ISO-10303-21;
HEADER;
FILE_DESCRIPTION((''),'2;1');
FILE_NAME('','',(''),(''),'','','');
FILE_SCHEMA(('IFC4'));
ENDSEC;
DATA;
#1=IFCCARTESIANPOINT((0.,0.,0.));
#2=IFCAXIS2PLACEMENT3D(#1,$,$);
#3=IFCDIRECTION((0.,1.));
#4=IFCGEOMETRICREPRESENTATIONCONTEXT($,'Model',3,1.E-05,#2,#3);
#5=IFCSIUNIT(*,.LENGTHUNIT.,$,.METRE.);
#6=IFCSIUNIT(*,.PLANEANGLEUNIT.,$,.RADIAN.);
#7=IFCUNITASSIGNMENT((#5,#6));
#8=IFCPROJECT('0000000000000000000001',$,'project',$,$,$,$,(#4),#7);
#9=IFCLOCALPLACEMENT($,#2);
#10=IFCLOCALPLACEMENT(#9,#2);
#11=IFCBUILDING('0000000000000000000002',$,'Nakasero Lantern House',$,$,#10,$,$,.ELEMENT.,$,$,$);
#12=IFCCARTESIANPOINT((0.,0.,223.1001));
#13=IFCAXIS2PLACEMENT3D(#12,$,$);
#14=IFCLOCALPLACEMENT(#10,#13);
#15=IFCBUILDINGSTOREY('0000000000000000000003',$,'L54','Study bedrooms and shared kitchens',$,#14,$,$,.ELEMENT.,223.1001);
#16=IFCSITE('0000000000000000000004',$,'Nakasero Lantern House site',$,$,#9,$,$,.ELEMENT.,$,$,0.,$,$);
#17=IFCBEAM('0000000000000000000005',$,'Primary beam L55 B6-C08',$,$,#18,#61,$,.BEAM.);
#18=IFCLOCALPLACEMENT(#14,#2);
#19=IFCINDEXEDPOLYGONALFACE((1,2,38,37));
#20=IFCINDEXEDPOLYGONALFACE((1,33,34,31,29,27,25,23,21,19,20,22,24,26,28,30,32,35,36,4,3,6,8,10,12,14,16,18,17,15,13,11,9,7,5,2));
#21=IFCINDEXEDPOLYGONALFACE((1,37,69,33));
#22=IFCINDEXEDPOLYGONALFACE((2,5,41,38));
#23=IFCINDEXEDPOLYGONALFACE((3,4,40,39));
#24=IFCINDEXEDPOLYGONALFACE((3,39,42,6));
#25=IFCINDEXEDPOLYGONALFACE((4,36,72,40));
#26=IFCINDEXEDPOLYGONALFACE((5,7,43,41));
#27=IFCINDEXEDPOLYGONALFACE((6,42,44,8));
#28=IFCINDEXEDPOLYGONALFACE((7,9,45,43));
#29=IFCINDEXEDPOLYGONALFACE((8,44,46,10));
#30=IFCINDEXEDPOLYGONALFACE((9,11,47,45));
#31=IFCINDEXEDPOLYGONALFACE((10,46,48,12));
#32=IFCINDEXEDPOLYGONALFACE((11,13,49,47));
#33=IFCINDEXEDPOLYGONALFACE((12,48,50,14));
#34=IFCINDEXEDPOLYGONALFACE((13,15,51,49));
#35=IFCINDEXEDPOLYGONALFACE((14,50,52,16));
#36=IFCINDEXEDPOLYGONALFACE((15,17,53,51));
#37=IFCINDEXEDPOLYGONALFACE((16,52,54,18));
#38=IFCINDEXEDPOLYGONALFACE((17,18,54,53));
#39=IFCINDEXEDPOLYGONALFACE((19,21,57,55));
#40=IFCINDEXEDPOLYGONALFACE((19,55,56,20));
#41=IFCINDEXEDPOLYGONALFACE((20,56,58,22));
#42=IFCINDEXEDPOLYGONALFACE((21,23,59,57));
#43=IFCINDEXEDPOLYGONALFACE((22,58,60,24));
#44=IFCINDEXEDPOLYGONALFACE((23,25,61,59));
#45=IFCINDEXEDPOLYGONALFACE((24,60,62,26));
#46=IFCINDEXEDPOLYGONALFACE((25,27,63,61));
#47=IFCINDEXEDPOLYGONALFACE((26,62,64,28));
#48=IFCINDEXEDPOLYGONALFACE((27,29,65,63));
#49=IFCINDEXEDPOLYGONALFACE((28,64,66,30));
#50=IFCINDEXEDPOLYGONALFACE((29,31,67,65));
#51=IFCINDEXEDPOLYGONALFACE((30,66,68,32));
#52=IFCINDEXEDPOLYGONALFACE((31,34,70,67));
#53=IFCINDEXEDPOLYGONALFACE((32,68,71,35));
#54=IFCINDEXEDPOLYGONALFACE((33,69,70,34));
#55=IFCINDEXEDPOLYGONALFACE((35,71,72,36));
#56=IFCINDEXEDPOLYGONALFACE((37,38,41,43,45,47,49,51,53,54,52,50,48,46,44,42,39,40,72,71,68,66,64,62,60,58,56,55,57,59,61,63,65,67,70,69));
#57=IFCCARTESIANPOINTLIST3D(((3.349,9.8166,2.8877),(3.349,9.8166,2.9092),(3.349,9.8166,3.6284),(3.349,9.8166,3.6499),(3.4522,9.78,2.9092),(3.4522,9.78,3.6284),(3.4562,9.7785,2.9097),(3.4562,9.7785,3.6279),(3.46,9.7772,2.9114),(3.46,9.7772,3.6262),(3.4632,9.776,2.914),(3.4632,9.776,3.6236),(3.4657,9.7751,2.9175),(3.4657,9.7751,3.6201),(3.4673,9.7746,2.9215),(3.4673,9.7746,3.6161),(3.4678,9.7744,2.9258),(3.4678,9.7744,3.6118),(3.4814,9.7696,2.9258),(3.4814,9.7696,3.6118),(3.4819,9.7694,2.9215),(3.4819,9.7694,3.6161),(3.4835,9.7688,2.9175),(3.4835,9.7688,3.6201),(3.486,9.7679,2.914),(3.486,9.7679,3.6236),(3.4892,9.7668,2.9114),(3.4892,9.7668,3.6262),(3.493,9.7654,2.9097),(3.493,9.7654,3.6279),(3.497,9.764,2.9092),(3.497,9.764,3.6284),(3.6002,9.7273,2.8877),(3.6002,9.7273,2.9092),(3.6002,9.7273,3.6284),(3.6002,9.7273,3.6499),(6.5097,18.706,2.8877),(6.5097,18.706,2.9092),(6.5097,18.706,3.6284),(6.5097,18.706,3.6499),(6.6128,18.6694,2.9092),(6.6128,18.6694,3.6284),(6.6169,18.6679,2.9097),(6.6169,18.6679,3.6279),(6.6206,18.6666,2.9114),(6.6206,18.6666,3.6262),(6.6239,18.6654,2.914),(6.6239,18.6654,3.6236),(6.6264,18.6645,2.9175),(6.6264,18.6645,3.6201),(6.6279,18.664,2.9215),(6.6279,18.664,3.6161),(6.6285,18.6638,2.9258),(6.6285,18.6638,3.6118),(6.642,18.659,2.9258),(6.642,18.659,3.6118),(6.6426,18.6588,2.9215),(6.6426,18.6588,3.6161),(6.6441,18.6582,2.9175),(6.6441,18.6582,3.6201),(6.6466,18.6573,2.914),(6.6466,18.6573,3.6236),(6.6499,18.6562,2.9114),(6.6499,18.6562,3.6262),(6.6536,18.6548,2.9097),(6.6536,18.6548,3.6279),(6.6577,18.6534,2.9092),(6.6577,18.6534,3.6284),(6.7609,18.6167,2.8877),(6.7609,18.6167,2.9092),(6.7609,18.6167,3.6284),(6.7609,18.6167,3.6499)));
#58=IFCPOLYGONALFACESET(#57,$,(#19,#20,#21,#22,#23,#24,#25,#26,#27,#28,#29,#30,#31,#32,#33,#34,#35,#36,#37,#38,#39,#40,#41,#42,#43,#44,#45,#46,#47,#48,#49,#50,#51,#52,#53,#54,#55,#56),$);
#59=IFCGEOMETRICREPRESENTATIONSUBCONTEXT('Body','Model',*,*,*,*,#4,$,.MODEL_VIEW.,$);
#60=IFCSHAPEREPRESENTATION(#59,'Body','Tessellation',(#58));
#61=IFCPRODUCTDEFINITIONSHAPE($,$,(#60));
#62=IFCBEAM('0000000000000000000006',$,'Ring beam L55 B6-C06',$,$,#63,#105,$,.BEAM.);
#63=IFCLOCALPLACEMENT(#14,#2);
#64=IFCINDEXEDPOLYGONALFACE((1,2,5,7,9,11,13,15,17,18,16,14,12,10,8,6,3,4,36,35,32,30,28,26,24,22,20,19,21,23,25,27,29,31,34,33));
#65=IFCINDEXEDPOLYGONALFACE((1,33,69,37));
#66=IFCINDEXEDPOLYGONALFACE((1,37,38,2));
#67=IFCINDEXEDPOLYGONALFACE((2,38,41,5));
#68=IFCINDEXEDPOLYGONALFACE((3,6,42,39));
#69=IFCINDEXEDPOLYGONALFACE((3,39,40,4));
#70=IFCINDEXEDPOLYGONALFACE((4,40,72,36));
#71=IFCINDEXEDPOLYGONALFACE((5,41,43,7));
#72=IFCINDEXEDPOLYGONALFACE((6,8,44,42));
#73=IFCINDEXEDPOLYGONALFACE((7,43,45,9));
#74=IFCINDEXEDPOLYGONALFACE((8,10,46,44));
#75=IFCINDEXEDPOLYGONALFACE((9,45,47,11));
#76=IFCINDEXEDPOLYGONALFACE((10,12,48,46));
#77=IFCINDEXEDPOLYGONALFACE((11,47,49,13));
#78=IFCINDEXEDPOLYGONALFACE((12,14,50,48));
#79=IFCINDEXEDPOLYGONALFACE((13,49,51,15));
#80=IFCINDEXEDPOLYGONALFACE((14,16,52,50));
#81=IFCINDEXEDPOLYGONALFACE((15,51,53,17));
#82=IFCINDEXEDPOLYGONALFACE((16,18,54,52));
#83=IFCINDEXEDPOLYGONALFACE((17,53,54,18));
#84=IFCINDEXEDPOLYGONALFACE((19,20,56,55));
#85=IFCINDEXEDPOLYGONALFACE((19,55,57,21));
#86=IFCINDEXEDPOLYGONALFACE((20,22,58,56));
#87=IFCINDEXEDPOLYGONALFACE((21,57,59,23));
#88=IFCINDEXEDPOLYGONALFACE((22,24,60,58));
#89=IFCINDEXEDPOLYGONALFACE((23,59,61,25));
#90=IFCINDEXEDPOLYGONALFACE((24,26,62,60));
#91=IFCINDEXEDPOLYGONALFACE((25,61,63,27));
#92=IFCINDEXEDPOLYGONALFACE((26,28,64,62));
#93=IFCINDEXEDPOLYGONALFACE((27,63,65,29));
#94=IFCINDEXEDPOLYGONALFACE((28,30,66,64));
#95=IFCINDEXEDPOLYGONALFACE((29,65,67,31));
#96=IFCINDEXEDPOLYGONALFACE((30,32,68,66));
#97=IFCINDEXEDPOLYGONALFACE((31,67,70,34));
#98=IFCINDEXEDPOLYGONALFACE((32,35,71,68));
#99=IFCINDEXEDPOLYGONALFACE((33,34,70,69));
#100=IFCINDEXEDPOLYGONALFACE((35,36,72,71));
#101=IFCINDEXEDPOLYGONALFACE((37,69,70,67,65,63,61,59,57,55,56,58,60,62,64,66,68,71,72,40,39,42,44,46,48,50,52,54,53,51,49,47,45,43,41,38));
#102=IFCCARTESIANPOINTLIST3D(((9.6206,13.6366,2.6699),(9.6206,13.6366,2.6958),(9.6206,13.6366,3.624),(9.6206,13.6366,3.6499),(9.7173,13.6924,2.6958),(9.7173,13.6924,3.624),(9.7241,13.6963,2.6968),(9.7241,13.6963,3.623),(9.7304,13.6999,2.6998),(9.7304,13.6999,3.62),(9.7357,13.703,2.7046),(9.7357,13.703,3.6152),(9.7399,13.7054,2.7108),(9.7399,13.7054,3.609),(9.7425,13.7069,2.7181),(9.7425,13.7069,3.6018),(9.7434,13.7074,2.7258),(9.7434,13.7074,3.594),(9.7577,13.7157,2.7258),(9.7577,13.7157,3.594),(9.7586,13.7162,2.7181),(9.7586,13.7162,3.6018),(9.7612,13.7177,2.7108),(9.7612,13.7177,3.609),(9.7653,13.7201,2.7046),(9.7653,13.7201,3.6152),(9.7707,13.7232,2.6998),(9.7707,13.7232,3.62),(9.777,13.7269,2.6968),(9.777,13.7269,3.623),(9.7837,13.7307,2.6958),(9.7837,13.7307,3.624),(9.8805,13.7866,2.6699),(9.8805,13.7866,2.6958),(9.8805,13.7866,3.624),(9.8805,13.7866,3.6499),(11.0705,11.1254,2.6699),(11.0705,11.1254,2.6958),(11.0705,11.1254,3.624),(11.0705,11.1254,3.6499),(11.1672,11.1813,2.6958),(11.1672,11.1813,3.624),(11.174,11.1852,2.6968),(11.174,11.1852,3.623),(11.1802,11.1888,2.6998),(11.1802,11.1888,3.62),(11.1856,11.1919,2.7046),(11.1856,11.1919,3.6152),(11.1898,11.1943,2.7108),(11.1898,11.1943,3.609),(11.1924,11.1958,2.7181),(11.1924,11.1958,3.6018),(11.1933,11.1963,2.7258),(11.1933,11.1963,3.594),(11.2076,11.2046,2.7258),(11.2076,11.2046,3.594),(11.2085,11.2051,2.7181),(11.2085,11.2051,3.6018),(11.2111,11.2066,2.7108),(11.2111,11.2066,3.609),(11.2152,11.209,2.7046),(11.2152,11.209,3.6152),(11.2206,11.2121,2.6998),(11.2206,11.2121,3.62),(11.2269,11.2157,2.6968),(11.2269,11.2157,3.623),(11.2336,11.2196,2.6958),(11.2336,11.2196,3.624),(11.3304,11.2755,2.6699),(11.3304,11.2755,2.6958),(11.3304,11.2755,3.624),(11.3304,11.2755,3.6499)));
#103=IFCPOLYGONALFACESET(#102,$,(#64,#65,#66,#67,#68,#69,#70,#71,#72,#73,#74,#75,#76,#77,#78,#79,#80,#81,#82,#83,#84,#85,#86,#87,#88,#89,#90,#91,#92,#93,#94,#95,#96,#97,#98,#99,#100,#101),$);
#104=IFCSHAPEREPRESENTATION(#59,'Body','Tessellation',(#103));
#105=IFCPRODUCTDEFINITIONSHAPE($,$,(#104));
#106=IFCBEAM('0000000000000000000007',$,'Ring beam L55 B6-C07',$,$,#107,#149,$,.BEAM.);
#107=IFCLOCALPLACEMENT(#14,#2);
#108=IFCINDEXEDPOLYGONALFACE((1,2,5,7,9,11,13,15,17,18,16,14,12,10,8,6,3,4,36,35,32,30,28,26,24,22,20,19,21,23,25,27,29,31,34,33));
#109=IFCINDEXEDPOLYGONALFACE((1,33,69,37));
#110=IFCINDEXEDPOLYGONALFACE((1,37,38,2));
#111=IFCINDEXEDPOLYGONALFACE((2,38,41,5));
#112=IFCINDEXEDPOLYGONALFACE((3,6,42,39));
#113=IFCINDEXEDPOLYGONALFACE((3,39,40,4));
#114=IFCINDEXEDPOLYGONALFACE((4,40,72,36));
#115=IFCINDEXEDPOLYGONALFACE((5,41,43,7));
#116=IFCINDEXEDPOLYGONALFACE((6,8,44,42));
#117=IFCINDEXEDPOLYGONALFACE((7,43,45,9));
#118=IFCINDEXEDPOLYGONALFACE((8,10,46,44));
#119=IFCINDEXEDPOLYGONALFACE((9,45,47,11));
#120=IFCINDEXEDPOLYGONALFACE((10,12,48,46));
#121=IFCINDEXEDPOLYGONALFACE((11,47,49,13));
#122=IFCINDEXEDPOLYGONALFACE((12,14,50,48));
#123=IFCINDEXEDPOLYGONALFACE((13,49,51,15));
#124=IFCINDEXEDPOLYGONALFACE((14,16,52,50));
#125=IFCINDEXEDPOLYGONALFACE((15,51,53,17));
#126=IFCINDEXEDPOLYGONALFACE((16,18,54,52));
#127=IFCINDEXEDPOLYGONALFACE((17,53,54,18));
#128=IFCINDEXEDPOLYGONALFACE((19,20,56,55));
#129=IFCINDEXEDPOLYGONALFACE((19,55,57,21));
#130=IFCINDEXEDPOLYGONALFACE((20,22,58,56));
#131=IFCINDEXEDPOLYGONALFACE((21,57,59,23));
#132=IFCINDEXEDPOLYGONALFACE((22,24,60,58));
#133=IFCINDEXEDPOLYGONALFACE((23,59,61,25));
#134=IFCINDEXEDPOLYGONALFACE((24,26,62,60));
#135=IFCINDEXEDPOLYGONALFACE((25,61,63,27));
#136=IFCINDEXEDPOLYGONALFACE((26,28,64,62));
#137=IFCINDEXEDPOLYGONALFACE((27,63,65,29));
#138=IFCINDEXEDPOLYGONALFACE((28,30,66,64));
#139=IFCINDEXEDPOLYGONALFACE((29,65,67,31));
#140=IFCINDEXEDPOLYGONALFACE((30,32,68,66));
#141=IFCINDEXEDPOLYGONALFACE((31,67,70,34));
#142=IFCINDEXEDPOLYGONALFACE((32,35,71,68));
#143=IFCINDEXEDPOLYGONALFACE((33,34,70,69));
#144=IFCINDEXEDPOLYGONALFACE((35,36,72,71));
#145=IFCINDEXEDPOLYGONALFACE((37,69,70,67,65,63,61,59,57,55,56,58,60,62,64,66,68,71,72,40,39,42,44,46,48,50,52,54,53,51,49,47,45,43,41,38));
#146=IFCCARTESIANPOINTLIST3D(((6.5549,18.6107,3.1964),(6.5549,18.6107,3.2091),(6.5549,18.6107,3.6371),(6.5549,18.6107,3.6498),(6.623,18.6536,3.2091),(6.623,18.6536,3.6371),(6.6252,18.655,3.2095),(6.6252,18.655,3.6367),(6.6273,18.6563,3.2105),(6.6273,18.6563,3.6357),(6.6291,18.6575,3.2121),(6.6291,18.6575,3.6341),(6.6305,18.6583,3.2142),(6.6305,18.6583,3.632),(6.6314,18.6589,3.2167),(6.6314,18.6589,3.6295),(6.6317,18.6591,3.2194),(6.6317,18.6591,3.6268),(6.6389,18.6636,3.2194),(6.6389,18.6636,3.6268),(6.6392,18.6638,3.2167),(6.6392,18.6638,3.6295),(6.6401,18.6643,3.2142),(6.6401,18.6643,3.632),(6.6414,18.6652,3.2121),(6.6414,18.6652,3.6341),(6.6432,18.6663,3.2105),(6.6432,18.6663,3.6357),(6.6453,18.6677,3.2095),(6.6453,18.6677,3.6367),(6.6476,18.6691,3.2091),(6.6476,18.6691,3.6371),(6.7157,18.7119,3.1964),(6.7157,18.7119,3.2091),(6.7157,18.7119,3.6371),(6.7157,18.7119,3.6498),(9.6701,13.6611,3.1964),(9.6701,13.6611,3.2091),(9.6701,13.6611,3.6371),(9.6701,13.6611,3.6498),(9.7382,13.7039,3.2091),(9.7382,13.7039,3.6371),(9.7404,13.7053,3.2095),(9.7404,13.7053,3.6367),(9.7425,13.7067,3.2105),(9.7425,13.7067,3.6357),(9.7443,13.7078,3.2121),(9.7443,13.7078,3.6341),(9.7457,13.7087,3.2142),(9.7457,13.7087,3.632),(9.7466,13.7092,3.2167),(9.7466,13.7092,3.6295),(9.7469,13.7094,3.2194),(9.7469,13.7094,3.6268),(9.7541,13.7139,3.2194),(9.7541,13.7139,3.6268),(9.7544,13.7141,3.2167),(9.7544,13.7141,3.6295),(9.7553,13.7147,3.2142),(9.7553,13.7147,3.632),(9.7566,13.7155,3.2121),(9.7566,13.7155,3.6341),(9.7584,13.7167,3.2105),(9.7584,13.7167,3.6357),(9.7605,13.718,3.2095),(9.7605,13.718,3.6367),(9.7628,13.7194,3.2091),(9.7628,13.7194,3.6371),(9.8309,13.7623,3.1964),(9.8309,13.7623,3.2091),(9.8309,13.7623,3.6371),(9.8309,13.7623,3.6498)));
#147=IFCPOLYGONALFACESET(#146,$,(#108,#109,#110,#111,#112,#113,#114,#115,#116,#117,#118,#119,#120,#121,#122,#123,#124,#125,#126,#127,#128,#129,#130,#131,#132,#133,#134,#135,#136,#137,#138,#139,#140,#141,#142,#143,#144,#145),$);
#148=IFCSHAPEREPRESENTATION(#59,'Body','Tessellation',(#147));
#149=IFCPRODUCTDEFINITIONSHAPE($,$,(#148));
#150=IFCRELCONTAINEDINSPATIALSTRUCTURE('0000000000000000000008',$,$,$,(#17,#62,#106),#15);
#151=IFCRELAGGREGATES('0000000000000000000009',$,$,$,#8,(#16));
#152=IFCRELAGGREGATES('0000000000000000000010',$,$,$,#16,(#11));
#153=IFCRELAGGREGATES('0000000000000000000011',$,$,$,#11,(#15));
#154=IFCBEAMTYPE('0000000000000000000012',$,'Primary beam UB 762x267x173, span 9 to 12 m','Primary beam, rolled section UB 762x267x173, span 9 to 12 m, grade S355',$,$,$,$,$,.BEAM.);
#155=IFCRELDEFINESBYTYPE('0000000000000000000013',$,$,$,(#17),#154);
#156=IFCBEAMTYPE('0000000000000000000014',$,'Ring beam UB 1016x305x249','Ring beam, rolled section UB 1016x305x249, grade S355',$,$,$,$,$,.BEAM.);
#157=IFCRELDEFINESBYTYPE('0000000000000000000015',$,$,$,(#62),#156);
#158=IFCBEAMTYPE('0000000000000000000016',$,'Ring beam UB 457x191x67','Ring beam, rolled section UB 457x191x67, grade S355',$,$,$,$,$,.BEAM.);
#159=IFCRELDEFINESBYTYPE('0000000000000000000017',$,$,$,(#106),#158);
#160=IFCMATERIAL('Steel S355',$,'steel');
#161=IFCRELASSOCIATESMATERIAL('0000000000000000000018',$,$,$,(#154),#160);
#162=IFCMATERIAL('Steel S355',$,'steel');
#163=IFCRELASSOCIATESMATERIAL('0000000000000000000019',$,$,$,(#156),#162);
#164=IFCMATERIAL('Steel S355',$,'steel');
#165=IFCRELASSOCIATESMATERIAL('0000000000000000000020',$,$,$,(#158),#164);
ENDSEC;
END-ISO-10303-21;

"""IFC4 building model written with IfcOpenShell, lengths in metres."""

from ifc_helpers import new_model, si_unit, direction, frame, origin, origin_2d, place, context, subcontext, project, spatial, i_section, extrude, material, material_profile, profile_set, type_object, element, save


model = new_model("IFC4")

# Units and contexts
model_context = context("Model", 3, precision=1e-05, world=origin(), true_north=direction((0.0, 1.0)))
body_context = subcontext(model_context, "Body", "Model", "MODEL_VIEW")
ifc_project = project(units=[si_unit("LENGTHUNIT", "METRE"), si_unit("PLANEANGLEUNIT", "RADIAN")], contexts=[model_context])

# Site, building, storey
site_placement = place(None, origin())
site = spatial("IfcSite", under=ifc_project, at=site_placement, Name="Nakasero Lantern House site", CompositionType="ELEMENT", RefElevation=0.0)
building_placement = place(site_placement, origin())
building = spatial("IfcBuilding", under=site, at=building_placement, Name="Nakasero Lantern House", CompositionType="ELEMENT")
storey_placement = place(building_placement, frame((0.0, 0.0, 223.1001)))
storey = spatial("IfcBuildingStorey", under=building, at=storey_placement, Name="L54", Description="Study bedrooms and shared kitchens", CompositionType="ELEMENT", Elevation=223.1001)

# Beams
ifc_material_1 = material(Name="Steel S355", Category="steel")
ifc_material_profile_1 = material_profile(ifc_material_1, i_section(OverallWidth=0.2666, OverallDepth=0.7622, WebThickness=0.0144, FlangeThickness=0.0215, FilletRadius=0.0166, at=origin_2d()), Name="UB 762x267x173")
ifc_profile_set_1 = profile_set([ifc_material_profile_1], Name="Steel S355")
beam_type_1 = type_object("IfcBeamType", Name="Primary beam UB 762x267x173, span 9 to 12 m", Description="Primary beam, rolled section UB 762x267x173, span 9 to 12 m, grade S355", PredefinedType="BEAM", material=ifc_profile_set_1)
beam_1_placement = place(storey_placement, frame((6.6353, 18.6614, 3.2688), z_axis=(-0.335007, -0.942216, 0.0), x_axis=(0.942216, -0.335007, 0.0)))
element("IfcBeam", 1, at=beam_1_placement, inside=storey, type_object=beam_type_1, Name="Primary beam L55 B6-C08", PredefinedType="BEAM", context=body_context, shape_type="SweptSolid", body=[
    extrude(i_section(OverallWidth=0.2666, OverallDepth=0.7622, WebThickness=0.0144, FlangeThickness=0.0215, FilletRadius=0.0166, at=origin_2d()), origin(), (0.0, 0.0, 1.0), 9.4346),
])
ifc_material_2 = material(Name="Steel S355", Category="steel")
ifc_material_profile_2 = material_profile(ifc_material_2, i_section(OverallWidth=0.3, OverallDepth=0.98, WebThickness=0.0166, FlangeThickness=0.0259, FilletRadius=0.03, at=origin_2d()), Name="UB 1016x305x249")
ifc_profile_set_2 = profile_set([ifc_material_profile_2], Name="Steel S355")
beam_type_2 = type_object("IfcBeamType", Name="Ring beam UB 1016x305x249", Description="Ring beam, rolled section UB 1016x305x249, grade S355", PredefinedType="BEAM", material=ifc_profile_set_2)
beam_2_placement = place(storey_placement, frame((11.2004, 11.2004, 3.1599), z_axis=(-0.500024, 0.866012, 0.0), x_axis=(-0.866012, -0.500024, 0.0)))
element("IfcBeam", 2, at=beam_2_placement, inside=storey, type_object=beam_type_2, Name="Ring beam L55 B6-C06", PredefinedType="BEAM", context=body_context, shape_type="SweptSolid", body=[
    extrude(i_section(OverallWidth=0.3, OverallDepth=0.98, WebThickness=0.0166, FlangeThickness=0.0259, FilletRadius=0.03, at=origin_2d()), origin(), (0.0, 0.0, 1.0), 2.8997),
])
ifc_material_3 = material(Name="Steel S355", Category="steel")
ifc_material_profile_3 = material_profile(ifc_material_3, i_section(OverallWidth=0.1899, OverallDepth=0.4534, WebThickness=0.0085, FlangeThickness=0.0127, FilletRadius=0.0103, at=origin_2d()), Name="UB 457x191x67")
ifc_profile_set_3 = profile_set([ifc_material_profile_3], Name="Steel S355")
beam_type_3 = type_object("IfcBeamType", Name="Ring beam UB 457x191x67", Description="Ring beam, rolled section UB 457x191x67, grade S355", PredefinedType="BEAM", material=ifc_profile_set_3)
beam_3_placement = place(storey_placement, frame((9.7505, 13.7117, 3.4231), z_axis=(-0.53266, 0.846329, 0.0), x_axis=(-0.846329, -0.53266, 0.0)))
element("IfcBeam", 3, at=beam_3_placement, inside=storey, type_object=beam_type_3, Name="Ring beam L55 B6-C07", PredefinedType="BEAM", context=body_context, shape_type="SweptSolid", body=[
    extrude(i_section(OverallWidth=0.1899, OverallDepth=0.4534, WebThickness=0.0085, FlangeThickness=0.0127, FilletRadius=0.0103, at=origin_2d()), origin(), (0.0, 0.0, 1.0), 5.8484),
])

save(model, "model.ifc")
